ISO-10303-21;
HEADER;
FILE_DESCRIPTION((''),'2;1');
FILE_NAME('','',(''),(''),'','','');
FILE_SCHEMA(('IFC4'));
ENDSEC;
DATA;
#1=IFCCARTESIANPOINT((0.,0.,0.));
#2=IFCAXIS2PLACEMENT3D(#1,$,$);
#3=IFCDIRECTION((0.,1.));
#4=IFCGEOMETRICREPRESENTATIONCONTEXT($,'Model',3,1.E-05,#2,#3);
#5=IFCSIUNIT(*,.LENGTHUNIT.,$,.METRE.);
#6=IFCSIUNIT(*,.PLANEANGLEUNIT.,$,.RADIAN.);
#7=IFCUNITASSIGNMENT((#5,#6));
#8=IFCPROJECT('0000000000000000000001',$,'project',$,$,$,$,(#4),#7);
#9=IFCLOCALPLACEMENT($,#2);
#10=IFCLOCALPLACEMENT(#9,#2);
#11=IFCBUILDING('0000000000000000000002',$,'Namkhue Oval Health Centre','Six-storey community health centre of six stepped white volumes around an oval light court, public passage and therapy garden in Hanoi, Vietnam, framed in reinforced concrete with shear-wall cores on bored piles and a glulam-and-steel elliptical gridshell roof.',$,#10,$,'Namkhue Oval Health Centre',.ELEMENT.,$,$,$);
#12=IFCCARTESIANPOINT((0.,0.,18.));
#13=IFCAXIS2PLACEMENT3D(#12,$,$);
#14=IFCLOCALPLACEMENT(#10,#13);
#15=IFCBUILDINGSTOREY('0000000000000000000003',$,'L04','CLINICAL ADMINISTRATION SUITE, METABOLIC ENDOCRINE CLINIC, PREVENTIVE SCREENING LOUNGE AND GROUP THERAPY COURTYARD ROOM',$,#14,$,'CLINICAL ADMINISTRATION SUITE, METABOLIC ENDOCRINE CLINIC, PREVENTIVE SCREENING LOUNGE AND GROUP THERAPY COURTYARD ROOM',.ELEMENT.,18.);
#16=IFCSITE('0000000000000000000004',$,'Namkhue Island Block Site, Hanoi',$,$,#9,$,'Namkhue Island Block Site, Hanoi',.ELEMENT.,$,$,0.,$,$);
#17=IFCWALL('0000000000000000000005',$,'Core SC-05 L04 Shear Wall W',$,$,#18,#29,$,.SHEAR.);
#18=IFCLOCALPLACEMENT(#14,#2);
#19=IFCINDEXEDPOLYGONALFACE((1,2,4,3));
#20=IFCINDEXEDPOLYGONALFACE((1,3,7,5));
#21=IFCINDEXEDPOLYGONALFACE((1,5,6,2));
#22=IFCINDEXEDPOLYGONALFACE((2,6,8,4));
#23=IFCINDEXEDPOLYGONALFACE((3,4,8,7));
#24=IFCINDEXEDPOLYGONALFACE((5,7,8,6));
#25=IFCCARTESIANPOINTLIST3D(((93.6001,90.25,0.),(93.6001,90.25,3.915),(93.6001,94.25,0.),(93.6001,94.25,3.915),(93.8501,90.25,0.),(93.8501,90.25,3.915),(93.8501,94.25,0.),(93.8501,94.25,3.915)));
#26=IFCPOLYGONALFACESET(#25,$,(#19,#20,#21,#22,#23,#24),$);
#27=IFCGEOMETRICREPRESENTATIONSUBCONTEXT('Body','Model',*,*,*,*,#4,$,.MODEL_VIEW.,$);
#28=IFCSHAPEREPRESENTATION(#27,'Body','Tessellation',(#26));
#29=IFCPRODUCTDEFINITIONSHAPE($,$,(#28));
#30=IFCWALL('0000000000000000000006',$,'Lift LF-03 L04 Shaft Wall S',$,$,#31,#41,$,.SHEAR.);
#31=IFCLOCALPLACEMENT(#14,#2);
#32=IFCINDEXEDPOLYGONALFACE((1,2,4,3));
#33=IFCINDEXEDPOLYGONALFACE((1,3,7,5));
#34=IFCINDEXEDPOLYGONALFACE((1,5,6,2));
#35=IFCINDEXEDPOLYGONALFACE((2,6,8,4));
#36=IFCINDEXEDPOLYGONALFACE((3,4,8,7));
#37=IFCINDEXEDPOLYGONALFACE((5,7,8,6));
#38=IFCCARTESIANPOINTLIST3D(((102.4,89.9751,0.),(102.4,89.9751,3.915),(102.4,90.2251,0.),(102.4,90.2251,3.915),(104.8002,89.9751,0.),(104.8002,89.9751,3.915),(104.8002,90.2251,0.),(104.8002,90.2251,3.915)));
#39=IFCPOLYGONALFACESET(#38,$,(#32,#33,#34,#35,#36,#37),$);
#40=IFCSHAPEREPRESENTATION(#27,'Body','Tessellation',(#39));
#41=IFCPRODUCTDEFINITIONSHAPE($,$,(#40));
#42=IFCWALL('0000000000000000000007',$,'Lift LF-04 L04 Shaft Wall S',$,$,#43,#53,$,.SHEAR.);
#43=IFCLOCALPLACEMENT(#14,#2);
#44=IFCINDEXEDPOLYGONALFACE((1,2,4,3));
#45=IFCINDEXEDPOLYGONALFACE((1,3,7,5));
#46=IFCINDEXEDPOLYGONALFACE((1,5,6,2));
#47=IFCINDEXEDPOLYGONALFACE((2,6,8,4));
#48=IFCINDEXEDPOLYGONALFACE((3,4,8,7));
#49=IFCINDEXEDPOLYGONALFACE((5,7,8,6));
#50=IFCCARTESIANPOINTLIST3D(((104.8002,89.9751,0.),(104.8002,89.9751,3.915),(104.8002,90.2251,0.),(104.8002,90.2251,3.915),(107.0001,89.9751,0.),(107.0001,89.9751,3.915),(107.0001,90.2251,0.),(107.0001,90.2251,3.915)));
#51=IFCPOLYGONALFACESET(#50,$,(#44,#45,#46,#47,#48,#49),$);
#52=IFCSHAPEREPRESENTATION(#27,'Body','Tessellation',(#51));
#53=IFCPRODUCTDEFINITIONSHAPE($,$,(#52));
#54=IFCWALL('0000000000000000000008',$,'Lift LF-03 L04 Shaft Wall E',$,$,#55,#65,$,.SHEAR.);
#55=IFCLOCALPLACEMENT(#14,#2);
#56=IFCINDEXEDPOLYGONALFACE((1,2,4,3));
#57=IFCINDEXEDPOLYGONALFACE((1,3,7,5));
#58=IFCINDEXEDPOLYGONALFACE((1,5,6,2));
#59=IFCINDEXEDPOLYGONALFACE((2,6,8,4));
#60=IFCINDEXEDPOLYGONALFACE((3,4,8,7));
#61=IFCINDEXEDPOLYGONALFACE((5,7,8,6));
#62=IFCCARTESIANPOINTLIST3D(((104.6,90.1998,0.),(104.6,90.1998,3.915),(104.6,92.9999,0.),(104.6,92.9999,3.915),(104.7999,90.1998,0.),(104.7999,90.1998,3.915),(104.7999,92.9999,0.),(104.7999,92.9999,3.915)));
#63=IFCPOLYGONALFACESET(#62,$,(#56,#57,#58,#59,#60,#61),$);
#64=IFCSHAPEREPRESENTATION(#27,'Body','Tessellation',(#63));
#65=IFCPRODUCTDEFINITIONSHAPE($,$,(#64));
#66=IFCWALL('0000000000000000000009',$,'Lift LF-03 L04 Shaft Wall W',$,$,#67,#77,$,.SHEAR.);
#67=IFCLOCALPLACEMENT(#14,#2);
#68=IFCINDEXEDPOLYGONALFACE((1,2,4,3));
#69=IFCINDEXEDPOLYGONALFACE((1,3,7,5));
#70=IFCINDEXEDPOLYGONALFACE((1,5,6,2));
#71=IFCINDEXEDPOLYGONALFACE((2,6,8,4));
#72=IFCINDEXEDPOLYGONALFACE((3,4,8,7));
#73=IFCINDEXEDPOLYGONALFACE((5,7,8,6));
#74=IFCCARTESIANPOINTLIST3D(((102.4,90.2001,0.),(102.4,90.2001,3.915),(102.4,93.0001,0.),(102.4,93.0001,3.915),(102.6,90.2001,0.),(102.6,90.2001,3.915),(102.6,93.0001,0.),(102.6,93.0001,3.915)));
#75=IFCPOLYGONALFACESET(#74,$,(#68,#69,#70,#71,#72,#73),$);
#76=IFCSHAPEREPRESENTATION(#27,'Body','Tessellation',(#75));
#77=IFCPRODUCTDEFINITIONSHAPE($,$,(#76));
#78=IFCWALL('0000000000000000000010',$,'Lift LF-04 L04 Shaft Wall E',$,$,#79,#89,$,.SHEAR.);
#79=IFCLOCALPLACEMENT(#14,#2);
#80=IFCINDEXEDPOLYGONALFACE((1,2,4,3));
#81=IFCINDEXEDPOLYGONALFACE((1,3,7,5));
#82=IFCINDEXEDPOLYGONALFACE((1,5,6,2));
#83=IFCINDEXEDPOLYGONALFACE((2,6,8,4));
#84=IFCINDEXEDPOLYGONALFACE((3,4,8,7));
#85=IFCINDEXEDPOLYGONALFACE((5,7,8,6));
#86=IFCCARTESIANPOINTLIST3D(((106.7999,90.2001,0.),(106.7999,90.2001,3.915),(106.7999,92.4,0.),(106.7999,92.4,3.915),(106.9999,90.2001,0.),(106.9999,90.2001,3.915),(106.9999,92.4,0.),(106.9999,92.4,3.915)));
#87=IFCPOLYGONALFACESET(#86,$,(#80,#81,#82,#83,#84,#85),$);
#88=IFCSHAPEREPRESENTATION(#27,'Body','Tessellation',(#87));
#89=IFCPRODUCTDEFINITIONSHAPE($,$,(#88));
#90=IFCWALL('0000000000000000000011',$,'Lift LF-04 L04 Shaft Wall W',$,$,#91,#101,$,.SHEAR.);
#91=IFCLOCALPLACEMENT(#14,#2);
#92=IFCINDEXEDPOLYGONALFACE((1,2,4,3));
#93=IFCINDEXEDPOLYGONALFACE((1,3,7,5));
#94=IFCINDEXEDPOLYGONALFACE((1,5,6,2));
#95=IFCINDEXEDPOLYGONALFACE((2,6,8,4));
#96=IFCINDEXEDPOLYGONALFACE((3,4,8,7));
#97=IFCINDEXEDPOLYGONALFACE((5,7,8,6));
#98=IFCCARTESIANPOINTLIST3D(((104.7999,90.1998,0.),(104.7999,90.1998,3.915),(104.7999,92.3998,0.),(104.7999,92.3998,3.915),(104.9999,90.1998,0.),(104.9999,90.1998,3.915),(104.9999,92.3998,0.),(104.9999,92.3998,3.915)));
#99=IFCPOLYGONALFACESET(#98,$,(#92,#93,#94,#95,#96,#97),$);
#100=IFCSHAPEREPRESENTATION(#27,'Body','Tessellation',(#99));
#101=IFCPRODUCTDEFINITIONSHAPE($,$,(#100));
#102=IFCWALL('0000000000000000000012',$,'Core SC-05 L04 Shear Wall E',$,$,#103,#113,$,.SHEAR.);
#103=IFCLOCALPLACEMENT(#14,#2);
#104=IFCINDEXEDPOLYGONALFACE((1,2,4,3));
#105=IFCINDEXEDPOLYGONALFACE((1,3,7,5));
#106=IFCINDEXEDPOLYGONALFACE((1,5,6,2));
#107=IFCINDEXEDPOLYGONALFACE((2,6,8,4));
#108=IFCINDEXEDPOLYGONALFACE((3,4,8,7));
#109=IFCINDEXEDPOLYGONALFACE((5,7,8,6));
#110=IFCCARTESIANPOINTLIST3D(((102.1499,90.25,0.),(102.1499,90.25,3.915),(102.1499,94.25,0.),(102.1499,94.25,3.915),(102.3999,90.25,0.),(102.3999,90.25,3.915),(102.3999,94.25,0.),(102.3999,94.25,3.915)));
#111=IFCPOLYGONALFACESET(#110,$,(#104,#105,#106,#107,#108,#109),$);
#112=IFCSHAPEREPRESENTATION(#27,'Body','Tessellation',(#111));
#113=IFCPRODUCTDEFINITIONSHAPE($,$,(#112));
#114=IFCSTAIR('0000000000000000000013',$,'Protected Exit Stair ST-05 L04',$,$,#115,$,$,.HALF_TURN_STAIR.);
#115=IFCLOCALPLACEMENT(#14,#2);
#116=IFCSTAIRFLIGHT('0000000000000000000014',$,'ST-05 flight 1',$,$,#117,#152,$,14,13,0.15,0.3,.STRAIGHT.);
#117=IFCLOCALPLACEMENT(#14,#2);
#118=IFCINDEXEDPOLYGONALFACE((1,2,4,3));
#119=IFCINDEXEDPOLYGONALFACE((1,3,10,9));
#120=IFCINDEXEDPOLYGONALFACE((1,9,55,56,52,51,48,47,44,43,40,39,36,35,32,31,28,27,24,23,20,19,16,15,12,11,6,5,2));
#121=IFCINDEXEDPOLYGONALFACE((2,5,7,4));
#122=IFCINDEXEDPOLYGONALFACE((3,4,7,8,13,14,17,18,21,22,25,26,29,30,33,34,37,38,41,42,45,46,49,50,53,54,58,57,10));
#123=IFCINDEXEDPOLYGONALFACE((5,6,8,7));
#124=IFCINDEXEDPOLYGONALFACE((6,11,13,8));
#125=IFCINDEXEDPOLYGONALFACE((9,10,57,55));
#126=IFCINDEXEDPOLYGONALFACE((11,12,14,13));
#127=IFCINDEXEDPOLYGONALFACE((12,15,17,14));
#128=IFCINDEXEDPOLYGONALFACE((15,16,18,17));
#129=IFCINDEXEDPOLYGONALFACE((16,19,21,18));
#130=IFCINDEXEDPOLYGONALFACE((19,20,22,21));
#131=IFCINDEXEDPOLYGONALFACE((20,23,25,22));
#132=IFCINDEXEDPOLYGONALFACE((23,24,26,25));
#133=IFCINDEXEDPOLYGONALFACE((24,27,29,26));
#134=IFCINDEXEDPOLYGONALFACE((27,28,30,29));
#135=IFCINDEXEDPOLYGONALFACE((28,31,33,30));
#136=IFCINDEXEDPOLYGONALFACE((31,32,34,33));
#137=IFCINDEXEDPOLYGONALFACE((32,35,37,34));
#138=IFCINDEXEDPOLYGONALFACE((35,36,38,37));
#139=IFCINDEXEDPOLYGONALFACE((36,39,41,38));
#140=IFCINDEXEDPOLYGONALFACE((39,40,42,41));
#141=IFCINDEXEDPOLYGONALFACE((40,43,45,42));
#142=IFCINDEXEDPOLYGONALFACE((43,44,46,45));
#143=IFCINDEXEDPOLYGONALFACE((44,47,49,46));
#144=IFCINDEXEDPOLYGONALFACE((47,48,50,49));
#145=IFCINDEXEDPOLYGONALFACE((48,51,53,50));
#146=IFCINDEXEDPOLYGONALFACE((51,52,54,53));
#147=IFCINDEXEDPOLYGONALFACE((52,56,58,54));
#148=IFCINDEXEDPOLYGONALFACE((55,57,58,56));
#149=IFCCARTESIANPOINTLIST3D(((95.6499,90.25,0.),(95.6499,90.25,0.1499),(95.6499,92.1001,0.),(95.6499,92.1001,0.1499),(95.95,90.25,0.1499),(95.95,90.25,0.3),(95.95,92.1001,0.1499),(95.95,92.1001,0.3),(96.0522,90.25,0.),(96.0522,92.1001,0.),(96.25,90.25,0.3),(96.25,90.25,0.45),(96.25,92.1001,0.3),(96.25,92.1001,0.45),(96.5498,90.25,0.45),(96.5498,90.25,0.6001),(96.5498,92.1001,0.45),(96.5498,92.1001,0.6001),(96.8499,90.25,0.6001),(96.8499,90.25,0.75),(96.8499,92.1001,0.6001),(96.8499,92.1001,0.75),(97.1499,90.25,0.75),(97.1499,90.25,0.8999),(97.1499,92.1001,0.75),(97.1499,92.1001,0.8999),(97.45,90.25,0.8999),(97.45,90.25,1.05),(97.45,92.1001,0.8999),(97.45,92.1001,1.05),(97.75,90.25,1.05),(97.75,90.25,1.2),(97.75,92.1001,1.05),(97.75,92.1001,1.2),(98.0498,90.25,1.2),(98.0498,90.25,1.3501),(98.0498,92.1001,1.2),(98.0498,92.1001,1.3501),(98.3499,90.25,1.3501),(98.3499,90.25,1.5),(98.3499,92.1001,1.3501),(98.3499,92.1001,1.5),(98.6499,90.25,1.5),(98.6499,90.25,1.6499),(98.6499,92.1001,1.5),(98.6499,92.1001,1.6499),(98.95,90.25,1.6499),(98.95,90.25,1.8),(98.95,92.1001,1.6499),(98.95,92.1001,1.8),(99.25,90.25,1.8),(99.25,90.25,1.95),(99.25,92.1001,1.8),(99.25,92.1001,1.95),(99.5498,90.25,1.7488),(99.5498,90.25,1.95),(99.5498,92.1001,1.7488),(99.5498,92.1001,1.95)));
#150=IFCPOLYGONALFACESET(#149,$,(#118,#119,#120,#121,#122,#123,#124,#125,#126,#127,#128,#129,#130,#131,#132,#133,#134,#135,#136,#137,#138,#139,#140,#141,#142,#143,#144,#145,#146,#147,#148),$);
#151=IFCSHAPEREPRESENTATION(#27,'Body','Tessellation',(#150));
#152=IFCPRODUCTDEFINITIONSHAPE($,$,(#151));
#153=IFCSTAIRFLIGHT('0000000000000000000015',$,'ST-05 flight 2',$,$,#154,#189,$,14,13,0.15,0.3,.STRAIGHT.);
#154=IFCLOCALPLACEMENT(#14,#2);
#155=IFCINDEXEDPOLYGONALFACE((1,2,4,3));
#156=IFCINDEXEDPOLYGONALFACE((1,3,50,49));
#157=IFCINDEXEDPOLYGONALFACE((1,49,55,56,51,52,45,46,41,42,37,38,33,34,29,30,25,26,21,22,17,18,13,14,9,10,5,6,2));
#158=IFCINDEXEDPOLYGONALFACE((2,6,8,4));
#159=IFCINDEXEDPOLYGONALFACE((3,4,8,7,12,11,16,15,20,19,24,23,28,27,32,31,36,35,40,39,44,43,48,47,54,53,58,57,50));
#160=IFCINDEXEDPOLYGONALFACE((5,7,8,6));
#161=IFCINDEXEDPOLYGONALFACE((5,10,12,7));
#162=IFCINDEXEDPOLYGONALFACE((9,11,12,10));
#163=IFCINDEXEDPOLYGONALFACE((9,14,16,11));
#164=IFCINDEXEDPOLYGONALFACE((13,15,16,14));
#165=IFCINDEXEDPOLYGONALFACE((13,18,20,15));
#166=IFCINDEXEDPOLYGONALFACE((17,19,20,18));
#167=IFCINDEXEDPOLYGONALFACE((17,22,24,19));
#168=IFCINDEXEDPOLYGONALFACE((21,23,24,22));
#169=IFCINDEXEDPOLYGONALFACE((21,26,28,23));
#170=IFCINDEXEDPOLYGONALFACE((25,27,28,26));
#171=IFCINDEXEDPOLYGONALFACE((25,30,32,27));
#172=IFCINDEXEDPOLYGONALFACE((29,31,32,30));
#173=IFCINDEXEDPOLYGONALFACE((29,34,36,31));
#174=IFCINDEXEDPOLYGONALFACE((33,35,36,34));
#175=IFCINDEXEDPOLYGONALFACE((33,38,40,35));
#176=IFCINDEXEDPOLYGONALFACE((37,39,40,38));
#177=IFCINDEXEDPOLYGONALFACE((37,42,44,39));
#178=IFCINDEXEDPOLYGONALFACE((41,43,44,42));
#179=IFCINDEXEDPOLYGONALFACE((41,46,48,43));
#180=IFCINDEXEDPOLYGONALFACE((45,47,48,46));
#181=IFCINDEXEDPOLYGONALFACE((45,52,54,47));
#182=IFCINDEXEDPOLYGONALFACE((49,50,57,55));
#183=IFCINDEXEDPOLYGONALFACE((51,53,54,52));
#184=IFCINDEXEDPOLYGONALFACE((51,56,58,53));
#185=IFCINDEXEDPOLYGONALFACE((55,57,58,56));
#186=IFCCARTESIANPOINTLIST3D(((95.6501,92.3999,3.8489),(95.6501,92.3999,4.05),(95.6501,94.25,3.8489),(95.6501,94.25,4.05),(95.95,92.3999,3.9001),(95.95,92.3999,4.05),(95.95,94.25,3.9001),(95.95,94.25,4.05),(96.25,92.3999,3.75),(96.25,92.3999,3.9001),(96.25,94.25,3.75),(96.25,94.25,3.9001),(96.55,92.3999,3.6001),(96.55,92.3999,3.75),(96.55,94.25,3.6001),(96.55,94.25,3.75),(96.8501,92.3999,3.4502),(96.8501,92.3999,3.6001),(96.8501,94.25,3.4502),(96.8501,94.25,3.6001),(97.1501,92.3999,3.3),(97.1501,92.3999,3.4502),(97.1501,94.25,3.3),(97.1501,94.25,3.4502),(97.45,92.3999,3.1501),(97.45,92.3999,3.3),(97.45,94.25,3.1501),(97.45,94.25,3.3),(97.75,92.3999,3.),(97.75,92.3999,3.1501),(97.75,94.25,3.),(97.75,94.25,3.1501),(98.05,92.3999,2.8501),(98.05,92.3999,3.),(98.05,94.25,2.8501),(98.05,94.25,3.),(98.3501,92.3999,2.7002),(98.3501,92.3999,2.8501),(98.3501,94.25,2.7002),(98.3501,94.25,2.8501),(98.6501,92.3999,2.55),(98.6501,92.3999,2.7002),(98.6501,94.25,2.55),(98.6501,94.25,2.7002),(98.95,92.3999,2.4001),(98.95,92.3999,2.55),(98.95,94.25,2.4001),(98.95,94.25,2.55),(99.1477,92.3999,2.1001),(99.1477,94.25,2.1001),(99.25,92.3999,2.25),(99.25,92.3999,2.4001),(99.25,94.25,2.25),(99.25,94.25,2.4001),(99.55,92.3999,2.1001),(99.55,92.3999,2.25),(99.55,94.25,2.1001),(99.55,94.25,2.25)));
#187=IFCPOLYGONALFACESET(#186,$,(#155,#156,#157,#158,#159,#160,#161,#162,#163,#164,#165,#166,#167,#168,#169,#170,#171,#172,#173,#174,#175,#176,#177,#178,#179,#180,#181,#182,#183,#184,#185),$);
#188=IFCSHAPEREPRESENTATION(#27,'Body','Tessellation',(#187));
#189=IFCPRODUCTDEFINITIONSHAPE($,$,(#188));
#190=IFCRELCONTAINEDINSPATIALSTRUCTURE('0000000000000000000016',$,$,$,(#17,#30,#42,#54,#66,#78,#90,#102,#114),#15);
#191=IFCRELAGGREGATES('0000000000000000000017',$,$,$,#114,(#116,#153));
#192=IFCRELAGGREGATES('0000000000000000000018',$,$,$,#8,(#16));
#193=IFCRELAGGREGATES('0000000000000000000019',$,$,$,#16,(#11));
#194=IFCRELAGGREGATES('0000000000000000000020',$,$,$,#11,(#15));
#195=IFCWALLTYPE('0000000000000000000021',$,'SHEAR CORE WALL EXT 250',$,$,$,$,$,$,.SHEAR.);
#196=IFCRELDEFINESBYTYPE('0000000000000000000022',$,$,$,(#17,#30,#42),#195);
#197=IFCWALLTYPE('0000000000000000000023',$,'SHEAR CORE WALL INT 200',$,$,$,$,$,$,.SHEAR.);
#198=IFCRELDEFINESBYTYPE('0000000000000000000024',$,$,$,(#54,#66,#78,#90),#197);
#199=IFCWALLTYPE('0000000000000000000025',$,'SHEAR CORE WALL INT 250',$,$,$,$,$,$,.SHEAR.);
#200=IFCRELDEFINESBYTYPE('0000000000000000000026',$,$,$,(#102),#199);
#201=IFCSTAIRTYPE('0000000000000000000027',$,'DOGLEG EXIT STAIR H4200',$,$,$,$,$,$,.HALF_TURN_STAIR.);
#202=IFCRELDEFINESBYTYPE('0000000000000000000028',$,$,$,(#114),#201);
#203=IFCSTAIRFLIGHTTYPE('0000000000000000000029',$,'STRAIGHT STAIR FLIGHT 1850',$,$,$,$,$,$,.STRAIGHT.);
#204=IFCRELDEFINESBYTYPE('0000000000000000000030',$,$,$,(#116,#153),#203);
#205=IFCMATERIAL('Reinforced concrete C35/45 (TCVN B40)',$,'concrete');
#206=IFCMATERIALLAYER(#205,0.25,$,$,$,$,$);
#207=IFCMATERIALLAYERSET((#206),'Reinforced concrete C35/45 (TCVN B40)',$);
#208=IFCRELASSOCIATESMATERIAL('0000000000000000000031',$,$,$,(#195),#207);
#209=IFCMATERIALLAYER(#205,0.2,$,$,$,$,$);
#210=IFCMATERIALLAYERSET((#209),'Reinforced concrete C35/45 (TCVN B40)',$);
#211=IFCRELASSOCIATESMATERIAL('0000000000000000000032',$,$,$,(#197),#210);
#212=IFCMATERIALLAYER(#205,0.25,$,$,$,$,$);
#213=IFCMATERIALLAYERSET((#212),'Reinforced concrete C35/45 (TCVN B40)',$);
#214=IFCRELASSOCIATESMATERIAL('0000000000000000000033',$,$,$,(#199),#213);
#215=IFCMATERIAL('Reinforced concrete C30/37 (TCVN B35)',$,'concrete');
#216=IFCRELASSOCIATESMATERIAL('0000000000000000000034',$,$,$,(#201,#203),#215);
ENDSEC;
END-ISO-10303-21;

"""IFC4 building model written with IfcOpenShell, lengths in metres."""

from ifc_helpers import new_model, si_unit, direction, frame, frame_2d, origin, place, context, subcontext, project, spatial, polyline, rectangle, outline, extrude, material, layer, layer_set, type_object, element, aggregate, save


model = new_model("IFC4")

# Units and contexts
model_context = context("Model", 3, precision=1e-05, world=origin(), true_north=direction((0.0, 1.0)))
body_context = subcontext(model_context, "Body", "Model", "MODEL_VIEW")
ifc_project = project(units=[si_unit("LENGTHUNIT", "METRE"), si_unit("PLANEANGLEUNIT", "RADIAN")], contexts=[model_context])

# Site, building, storey
site_placement = place(None, origin())
site = spatial("IfcSite", under=ifc_project, at=site_placement, Name="Namkhue Island Block Site, Hanoi", LongName="Namkhue Island Block Site, Hanoi", CompositionType="ELEMENT", RefElevation=0.0)
building_placement = place(site_placement, origin())
building = spatial("IfcBuilding", under=site, at=building_placement, Name="Namkhue Oval Health Centre", Description="Six-storey community health centre of six stepped white volumes around an oval light court, public passage and therapy garden in Hanoi, Vietnam, framed in reinforced concrete with shear-wall cores on bored piles and a glulam-and-steel elliptical gridshell roof.", LongName="Namkhue Oval Health Centre", CompositionType="ELEMENT")
storey_placement = place(building_placement, frame((0.0, 0.0, 18.0)))
storey = spatial("IfcBuildingStorey", under=building, at=storey_placement, Name="L04", Description="CLINICAL ADMINISTRATION SUITE, METABOLIC ENDOCRINE CLINIC, PREVENTIVE SCREENING LOUNGE AND GROUP THERAPY COURTYARD ROOM", LongName="CLINICAL ADMINISTRATION SUITE, METABOLIC ENDOCRINE CLINIC, PREVENTIVE SCREENING LOUNGE AND GROUP THERAPY COURTYARD ROOM", CompositionType="ELEMENT", Elevation=18.0)

# Shared definitions
ifc_material_1 = material(Name="Reinforced concrete C30/37 (TCVN B35)", Category="concrete")

# Shared definitions
ifc_material_2 = material(Name="Reinforced concrete C35/45 (TCVN B40)", Category="concrete")
ifc_layer_1 = layer(ifc_material_2, 0.25)
ifc_layer_set_1 = layer_set([ifc_layer_1], Name="Reinforced concrete C35/45 (TCVN B40)")
wall_type_1 = type_object("IfcWallType", Name="SHEAR CORE WALL EXT 250", PredefinedType="SHEAR", material=ifc_layer_set_1)

# Walls
wall_1_placement = place(storey_placement, frame((93.7251, 94.25, 0.0), z_axis=(0.0, 0.0, 1.0), x_axis=(0.0, -1.0, 0.0)))
element("IfcWall", 1, at=wall_1_placement, inside=storey, type_object=wall_type_1, Name="Core SC-05 L04 Shear Wall W", PredefinedType="SHEAR", context=body_context, shape_type="SweptSolid", body=[
    extrude(rectangle(XDim=4.0, YDim=0.25, at=frame_2d((2.0, 0.0))), origin(), (0.0, 0.0, 1.0), 3.915),
])
wall_2_placement = place(storey_placement, frame((102.3999, 90.1001, 0.0), z_axis=(0.0, 0.0, 1.0), x_axis=(1.0, 0.0, 0.0)))
element("IfcWall", 2, at=wall_2_placement, inside=storey, type_object=wall_type_1, Name="Lift LF-03 L04 Shaft Wall S", PredefinedType="SHEAR", context=body_context, shape_type="SweptSolid", body=[
    extrude(rectangle(XDim=2.4001, YDim=0.25, at=frame_2d((1.2002, 0.0))), origin(), (0.0, 0.0, 1.0), 3.915),
])
wall_3_placement = place(storey_placement, frame((104.8, 90.1001, 0.0), z_axis=(0.0, 0.0, 1.0), x_axis=(1.0, 0.0, 0.0)))
element("IfcWall", 3, at=wall_3_placement, inside=storey, type_object=wall_type_1, Name="Lift LF-04 L04 Shaft Wall S", PredefinedType="SHEAR", context=body_context, shape_type="SweptSolid", body=[
    extrude(rectangle(XDim=2.2, YDim=0.25, at=frame_2d((1.1001, 0.0))), origin(), (0.0, 0.0, 1.0), 3.915),
])
ifc_layer_2 = layer(ifc_material_2, 0.2)
ifc_layer_set_2 = layer_set([ifc_layer_2], Name="Reinforced concrete C35/45 (TCVN B40)")
wall_type_2 = type_object("IfcWallType", Name="SHEAR CORE WALL INT 200", PredefinedType="SHEAR", material=ifc_layer_set_2)
wall_4_placement = place(storey_placement, frame((104.7, 90.2, 0.0), z_axis=(0.0, 0.0, 1.0), x_axis=(0.0, 1.0, 0.0)))
element("IfcWall", 4, at=wall_4_placement, inside=storey, type_object=wall_type_2, Name="Lift LF-03 L04 Shaft Wall E", PredefinedType="SHEAR", context=body_context, shape_type="SweptSolid", body=[
    extrude(rectangle(XDim=2.8, YDim=0.2, at=frame_2d((1.3999, 0.0))), origin(), (0.0, 0.0, 1.0), 3.915),
])

# Walls
wall_5_placement = place(storey_placement, frame((102.5, 93.0, 0.0), z_axis=(0.0, 0.0, 1.0), x_axis=(0.0, -1.0, 0.0)))
element("IfcWall", 5, at=wall_5_placement, inside=storey, type_object=wall_type_2, Name="Lift LF-03 L04 Shaft Wall W", PredefinedType="SHEAR", context=body_context, shape_type="SweptSolid", body=[
    extrude(rectangle(XDim=2.8, YDim=0.2, at=frame_2d((1.3999, 0.0))), origin(), (0.0, 0.0, 1.0), 3.915),
])
wall_6_placement = place(storey_placement, frame((106.8999, 90.2, 0.0), z_axis=(0.0, 0.0, 1.0), x_axis=(0.0, 1.0, 0.0)))
element("IfcWall", 6, at=wall_6_placement, inside=storey, type_object=wall_type_2, Name="Lift LF-04 L04 Shaft Wall E", PredefinedType="SHEAR", context=body_context, shape_type="SweptSolid", body=[
    extrude(rectangle(XDim=2.2, YDim=0.2, at=frame_2d((1.1001, 0.0))), origin(), (0.0, 0.0, 1.0), 3.915),
])

# Walls
wall_7_placement = place(storey_placement, frame((104.8999, 92.3999, 0.0), z_axis=(0.0, 0.0, 1.0), x_axis=(0.0, -1.0, 0.0)))
element("IfcWall", 7, at=wall_7_placement, inside=storey, type_object=wall_type_2, Name="Lift LF-04 L04 Shaft Wall W", PredefinedType="SHEAR", context=body_context, shape_type="SweptSolid", body=[
    extrude(rectangle(XDim=2.2, YDim=0.2, at=frame_2d((1.1001, 0.0))), origin(), (0.0, 0.0, 1.0), 3.915),
])
ifc_layer_3 = layer(ifc_material_2, 0.25)
ifc_layer_set_3 = layer_set([ifc_layer_3], Name="Reinforced concrete C35/45 (TCVN B40)")
wall_type_3 = type_object("IfcWallType", Name="SHEAR CORE WALL INT 250", PredefinedType="SHEAR", material=ifc_layer_set_3)
wall_8_placement = place(storey_placement, frame((102.2749, 90.25, 0.0), z_axis=(0.0, 0.0, 1.0), x_axis=(0.0, 1.0, 0.0)))
element("IfcWall", 8, at=wall_8_placement, inside=storey, type_object=wall_type_3, Name="Core SC-05 L04 Shear Wall E", PredefinedType="SHEAR", context=body_context, shape_type="SweptSolid", body=[
    extrude(rectangle(XDim=4.0, YDim=0.25, at=frame_2d((2.0, 0.0))), origin(), (0.0, 0.0, 1.0), 3.915),
])

# Stair, stair flights
stair_type = type_object("IfcStairType", Name="DOGLEG EXIT STAIR H4200", PredefinedType="HALF_TURN_STAIR", material=ifc_material_1)
stair_placement = place(storey_placement, origin())
stair = element("IfcStair", 9, at=stair_placement, inside=storey, type_object=stair_type, Name="Protected Exit Stair ST-05 L04", PredefinedType="HALF_TURN_STAIR")
stair_flight_type = type_object("IfcStairFlightType", Name="STRAIGHT STAIR FLIGHT 1850", PredefinedType="STRAIGHT", material=ifc_material_1)
stair_flight_1_placement = place(storey_placement, frame((95.6499, 91.175, 0.0), z_axis=(0.0, 0.0, 1.0), x_axis=(1.0, 0.0, 0.0)))
stair_flight_1 = element("IfcStairFlight", 10, at=stair_flight_1_placement, type_object=stair_flight_type, Name="ST-05 flight 1", NumberOfRisers=14, NumberOfTreads=13, PredefinedType="STRAIGHT", RiserHeight=0.15, TreadLength=0.3, context=body_context, shape_type="SweptSolid", body=[
    extrude(outline(polyline([(0.0, 0.0), (0.0, 0.1499), (0.3, 0.1499), (0.3, 0.3), (0.6001, 0.3), (0.6001, 0.45), (0.8999, 0.45), (0.8999, 0.6001), (1.2, 0.6001), (1.2, 0.75), (1.5, 0.75), (1.5, 0.8999), (1.8, 0.8999), (1.8, 1.05), (2.1001, 1.05), (2.1001, 1.2), (2.3999, 1.2), (2.3999, 1.3501), (2.7, 1.3501), (2.7, 1.5), (3.0, 1.5), (3.0, 1.6499), (3.3, 1.6499), (3.3, 1.8), (3.6001, 1.8), (3.6001, 1.95), (3.8999, 1.95), (3.8999, 2.1001), (3.8999, 1.7488), (0.4023, 0.0), (0.0, 0.0)])), frame((0.0, 0.925, 0.0), z_axis=(0.0, -1.0, 0.0), x_axis=(1.0, 0.0, 0.0)), (0.0, 0.0, 1.0), 1.8501),
])
stair_flight_2_placement = place(storey_placement, frame((99.55, 93.325, 2.1001), z_axis=(0.0, 0.0, 1.0), x_axis=(-1.0, 0.0, 0.0)))
stair_flight_2 = element("IfcStairFlight", 11, at=stair_flight_2_placement, type_object=stair_flight_type, Name="ST-05 flight 2", NumberOfRisers=14, NumberOfTreads=13, PredefinedType="STRAIGHT", RiserHeight=0.15, TreadLength=0.3, context=body_context, shape_type="SweptSolid", body=[
    extrude(outline(polyline([(0.0, 0.0), (0.0, 0.1499), (0.3, 0.1499), (0.3, 0.3), (0.6001, 0.3), (0.6001, 0.45), (0.8999, 0.45), (0.8999, 0.6001), (1.2, 0.6001), (1.2, 0.75), (1.5, 0.75), (1.5, 0.8999), (1.8, 0.8999), (1.8, 1.05), (2.1001, 1.05), (2.1001, 1.2), (2.3999, 1.2), (2.3999, 1.3501), (2.7, 1.3501), (2.7, 1.5), (3.0, 1.5), (3.0, 1.6499), (3.3, 1.6499), (3.3, 1.8), (3.6001, 1.8), (3.6001, 1.95), (3.8999, 1.95), (3.8999, 2.1001), (3.8999, 1.7488), (0.4023, 0.0), (0.0, 0.0)])), frame((0.0, 0.925, 0.0), z_axis=(0.0, -1.0, 0.0), x_axis=(1.0, 0.0, 0.0)), (0.0, 0.0, 1.0), 1.8501),
])
aggregate(stair, [stair_flight_1, stair_flight_2])

save(model, "model.ifc")
